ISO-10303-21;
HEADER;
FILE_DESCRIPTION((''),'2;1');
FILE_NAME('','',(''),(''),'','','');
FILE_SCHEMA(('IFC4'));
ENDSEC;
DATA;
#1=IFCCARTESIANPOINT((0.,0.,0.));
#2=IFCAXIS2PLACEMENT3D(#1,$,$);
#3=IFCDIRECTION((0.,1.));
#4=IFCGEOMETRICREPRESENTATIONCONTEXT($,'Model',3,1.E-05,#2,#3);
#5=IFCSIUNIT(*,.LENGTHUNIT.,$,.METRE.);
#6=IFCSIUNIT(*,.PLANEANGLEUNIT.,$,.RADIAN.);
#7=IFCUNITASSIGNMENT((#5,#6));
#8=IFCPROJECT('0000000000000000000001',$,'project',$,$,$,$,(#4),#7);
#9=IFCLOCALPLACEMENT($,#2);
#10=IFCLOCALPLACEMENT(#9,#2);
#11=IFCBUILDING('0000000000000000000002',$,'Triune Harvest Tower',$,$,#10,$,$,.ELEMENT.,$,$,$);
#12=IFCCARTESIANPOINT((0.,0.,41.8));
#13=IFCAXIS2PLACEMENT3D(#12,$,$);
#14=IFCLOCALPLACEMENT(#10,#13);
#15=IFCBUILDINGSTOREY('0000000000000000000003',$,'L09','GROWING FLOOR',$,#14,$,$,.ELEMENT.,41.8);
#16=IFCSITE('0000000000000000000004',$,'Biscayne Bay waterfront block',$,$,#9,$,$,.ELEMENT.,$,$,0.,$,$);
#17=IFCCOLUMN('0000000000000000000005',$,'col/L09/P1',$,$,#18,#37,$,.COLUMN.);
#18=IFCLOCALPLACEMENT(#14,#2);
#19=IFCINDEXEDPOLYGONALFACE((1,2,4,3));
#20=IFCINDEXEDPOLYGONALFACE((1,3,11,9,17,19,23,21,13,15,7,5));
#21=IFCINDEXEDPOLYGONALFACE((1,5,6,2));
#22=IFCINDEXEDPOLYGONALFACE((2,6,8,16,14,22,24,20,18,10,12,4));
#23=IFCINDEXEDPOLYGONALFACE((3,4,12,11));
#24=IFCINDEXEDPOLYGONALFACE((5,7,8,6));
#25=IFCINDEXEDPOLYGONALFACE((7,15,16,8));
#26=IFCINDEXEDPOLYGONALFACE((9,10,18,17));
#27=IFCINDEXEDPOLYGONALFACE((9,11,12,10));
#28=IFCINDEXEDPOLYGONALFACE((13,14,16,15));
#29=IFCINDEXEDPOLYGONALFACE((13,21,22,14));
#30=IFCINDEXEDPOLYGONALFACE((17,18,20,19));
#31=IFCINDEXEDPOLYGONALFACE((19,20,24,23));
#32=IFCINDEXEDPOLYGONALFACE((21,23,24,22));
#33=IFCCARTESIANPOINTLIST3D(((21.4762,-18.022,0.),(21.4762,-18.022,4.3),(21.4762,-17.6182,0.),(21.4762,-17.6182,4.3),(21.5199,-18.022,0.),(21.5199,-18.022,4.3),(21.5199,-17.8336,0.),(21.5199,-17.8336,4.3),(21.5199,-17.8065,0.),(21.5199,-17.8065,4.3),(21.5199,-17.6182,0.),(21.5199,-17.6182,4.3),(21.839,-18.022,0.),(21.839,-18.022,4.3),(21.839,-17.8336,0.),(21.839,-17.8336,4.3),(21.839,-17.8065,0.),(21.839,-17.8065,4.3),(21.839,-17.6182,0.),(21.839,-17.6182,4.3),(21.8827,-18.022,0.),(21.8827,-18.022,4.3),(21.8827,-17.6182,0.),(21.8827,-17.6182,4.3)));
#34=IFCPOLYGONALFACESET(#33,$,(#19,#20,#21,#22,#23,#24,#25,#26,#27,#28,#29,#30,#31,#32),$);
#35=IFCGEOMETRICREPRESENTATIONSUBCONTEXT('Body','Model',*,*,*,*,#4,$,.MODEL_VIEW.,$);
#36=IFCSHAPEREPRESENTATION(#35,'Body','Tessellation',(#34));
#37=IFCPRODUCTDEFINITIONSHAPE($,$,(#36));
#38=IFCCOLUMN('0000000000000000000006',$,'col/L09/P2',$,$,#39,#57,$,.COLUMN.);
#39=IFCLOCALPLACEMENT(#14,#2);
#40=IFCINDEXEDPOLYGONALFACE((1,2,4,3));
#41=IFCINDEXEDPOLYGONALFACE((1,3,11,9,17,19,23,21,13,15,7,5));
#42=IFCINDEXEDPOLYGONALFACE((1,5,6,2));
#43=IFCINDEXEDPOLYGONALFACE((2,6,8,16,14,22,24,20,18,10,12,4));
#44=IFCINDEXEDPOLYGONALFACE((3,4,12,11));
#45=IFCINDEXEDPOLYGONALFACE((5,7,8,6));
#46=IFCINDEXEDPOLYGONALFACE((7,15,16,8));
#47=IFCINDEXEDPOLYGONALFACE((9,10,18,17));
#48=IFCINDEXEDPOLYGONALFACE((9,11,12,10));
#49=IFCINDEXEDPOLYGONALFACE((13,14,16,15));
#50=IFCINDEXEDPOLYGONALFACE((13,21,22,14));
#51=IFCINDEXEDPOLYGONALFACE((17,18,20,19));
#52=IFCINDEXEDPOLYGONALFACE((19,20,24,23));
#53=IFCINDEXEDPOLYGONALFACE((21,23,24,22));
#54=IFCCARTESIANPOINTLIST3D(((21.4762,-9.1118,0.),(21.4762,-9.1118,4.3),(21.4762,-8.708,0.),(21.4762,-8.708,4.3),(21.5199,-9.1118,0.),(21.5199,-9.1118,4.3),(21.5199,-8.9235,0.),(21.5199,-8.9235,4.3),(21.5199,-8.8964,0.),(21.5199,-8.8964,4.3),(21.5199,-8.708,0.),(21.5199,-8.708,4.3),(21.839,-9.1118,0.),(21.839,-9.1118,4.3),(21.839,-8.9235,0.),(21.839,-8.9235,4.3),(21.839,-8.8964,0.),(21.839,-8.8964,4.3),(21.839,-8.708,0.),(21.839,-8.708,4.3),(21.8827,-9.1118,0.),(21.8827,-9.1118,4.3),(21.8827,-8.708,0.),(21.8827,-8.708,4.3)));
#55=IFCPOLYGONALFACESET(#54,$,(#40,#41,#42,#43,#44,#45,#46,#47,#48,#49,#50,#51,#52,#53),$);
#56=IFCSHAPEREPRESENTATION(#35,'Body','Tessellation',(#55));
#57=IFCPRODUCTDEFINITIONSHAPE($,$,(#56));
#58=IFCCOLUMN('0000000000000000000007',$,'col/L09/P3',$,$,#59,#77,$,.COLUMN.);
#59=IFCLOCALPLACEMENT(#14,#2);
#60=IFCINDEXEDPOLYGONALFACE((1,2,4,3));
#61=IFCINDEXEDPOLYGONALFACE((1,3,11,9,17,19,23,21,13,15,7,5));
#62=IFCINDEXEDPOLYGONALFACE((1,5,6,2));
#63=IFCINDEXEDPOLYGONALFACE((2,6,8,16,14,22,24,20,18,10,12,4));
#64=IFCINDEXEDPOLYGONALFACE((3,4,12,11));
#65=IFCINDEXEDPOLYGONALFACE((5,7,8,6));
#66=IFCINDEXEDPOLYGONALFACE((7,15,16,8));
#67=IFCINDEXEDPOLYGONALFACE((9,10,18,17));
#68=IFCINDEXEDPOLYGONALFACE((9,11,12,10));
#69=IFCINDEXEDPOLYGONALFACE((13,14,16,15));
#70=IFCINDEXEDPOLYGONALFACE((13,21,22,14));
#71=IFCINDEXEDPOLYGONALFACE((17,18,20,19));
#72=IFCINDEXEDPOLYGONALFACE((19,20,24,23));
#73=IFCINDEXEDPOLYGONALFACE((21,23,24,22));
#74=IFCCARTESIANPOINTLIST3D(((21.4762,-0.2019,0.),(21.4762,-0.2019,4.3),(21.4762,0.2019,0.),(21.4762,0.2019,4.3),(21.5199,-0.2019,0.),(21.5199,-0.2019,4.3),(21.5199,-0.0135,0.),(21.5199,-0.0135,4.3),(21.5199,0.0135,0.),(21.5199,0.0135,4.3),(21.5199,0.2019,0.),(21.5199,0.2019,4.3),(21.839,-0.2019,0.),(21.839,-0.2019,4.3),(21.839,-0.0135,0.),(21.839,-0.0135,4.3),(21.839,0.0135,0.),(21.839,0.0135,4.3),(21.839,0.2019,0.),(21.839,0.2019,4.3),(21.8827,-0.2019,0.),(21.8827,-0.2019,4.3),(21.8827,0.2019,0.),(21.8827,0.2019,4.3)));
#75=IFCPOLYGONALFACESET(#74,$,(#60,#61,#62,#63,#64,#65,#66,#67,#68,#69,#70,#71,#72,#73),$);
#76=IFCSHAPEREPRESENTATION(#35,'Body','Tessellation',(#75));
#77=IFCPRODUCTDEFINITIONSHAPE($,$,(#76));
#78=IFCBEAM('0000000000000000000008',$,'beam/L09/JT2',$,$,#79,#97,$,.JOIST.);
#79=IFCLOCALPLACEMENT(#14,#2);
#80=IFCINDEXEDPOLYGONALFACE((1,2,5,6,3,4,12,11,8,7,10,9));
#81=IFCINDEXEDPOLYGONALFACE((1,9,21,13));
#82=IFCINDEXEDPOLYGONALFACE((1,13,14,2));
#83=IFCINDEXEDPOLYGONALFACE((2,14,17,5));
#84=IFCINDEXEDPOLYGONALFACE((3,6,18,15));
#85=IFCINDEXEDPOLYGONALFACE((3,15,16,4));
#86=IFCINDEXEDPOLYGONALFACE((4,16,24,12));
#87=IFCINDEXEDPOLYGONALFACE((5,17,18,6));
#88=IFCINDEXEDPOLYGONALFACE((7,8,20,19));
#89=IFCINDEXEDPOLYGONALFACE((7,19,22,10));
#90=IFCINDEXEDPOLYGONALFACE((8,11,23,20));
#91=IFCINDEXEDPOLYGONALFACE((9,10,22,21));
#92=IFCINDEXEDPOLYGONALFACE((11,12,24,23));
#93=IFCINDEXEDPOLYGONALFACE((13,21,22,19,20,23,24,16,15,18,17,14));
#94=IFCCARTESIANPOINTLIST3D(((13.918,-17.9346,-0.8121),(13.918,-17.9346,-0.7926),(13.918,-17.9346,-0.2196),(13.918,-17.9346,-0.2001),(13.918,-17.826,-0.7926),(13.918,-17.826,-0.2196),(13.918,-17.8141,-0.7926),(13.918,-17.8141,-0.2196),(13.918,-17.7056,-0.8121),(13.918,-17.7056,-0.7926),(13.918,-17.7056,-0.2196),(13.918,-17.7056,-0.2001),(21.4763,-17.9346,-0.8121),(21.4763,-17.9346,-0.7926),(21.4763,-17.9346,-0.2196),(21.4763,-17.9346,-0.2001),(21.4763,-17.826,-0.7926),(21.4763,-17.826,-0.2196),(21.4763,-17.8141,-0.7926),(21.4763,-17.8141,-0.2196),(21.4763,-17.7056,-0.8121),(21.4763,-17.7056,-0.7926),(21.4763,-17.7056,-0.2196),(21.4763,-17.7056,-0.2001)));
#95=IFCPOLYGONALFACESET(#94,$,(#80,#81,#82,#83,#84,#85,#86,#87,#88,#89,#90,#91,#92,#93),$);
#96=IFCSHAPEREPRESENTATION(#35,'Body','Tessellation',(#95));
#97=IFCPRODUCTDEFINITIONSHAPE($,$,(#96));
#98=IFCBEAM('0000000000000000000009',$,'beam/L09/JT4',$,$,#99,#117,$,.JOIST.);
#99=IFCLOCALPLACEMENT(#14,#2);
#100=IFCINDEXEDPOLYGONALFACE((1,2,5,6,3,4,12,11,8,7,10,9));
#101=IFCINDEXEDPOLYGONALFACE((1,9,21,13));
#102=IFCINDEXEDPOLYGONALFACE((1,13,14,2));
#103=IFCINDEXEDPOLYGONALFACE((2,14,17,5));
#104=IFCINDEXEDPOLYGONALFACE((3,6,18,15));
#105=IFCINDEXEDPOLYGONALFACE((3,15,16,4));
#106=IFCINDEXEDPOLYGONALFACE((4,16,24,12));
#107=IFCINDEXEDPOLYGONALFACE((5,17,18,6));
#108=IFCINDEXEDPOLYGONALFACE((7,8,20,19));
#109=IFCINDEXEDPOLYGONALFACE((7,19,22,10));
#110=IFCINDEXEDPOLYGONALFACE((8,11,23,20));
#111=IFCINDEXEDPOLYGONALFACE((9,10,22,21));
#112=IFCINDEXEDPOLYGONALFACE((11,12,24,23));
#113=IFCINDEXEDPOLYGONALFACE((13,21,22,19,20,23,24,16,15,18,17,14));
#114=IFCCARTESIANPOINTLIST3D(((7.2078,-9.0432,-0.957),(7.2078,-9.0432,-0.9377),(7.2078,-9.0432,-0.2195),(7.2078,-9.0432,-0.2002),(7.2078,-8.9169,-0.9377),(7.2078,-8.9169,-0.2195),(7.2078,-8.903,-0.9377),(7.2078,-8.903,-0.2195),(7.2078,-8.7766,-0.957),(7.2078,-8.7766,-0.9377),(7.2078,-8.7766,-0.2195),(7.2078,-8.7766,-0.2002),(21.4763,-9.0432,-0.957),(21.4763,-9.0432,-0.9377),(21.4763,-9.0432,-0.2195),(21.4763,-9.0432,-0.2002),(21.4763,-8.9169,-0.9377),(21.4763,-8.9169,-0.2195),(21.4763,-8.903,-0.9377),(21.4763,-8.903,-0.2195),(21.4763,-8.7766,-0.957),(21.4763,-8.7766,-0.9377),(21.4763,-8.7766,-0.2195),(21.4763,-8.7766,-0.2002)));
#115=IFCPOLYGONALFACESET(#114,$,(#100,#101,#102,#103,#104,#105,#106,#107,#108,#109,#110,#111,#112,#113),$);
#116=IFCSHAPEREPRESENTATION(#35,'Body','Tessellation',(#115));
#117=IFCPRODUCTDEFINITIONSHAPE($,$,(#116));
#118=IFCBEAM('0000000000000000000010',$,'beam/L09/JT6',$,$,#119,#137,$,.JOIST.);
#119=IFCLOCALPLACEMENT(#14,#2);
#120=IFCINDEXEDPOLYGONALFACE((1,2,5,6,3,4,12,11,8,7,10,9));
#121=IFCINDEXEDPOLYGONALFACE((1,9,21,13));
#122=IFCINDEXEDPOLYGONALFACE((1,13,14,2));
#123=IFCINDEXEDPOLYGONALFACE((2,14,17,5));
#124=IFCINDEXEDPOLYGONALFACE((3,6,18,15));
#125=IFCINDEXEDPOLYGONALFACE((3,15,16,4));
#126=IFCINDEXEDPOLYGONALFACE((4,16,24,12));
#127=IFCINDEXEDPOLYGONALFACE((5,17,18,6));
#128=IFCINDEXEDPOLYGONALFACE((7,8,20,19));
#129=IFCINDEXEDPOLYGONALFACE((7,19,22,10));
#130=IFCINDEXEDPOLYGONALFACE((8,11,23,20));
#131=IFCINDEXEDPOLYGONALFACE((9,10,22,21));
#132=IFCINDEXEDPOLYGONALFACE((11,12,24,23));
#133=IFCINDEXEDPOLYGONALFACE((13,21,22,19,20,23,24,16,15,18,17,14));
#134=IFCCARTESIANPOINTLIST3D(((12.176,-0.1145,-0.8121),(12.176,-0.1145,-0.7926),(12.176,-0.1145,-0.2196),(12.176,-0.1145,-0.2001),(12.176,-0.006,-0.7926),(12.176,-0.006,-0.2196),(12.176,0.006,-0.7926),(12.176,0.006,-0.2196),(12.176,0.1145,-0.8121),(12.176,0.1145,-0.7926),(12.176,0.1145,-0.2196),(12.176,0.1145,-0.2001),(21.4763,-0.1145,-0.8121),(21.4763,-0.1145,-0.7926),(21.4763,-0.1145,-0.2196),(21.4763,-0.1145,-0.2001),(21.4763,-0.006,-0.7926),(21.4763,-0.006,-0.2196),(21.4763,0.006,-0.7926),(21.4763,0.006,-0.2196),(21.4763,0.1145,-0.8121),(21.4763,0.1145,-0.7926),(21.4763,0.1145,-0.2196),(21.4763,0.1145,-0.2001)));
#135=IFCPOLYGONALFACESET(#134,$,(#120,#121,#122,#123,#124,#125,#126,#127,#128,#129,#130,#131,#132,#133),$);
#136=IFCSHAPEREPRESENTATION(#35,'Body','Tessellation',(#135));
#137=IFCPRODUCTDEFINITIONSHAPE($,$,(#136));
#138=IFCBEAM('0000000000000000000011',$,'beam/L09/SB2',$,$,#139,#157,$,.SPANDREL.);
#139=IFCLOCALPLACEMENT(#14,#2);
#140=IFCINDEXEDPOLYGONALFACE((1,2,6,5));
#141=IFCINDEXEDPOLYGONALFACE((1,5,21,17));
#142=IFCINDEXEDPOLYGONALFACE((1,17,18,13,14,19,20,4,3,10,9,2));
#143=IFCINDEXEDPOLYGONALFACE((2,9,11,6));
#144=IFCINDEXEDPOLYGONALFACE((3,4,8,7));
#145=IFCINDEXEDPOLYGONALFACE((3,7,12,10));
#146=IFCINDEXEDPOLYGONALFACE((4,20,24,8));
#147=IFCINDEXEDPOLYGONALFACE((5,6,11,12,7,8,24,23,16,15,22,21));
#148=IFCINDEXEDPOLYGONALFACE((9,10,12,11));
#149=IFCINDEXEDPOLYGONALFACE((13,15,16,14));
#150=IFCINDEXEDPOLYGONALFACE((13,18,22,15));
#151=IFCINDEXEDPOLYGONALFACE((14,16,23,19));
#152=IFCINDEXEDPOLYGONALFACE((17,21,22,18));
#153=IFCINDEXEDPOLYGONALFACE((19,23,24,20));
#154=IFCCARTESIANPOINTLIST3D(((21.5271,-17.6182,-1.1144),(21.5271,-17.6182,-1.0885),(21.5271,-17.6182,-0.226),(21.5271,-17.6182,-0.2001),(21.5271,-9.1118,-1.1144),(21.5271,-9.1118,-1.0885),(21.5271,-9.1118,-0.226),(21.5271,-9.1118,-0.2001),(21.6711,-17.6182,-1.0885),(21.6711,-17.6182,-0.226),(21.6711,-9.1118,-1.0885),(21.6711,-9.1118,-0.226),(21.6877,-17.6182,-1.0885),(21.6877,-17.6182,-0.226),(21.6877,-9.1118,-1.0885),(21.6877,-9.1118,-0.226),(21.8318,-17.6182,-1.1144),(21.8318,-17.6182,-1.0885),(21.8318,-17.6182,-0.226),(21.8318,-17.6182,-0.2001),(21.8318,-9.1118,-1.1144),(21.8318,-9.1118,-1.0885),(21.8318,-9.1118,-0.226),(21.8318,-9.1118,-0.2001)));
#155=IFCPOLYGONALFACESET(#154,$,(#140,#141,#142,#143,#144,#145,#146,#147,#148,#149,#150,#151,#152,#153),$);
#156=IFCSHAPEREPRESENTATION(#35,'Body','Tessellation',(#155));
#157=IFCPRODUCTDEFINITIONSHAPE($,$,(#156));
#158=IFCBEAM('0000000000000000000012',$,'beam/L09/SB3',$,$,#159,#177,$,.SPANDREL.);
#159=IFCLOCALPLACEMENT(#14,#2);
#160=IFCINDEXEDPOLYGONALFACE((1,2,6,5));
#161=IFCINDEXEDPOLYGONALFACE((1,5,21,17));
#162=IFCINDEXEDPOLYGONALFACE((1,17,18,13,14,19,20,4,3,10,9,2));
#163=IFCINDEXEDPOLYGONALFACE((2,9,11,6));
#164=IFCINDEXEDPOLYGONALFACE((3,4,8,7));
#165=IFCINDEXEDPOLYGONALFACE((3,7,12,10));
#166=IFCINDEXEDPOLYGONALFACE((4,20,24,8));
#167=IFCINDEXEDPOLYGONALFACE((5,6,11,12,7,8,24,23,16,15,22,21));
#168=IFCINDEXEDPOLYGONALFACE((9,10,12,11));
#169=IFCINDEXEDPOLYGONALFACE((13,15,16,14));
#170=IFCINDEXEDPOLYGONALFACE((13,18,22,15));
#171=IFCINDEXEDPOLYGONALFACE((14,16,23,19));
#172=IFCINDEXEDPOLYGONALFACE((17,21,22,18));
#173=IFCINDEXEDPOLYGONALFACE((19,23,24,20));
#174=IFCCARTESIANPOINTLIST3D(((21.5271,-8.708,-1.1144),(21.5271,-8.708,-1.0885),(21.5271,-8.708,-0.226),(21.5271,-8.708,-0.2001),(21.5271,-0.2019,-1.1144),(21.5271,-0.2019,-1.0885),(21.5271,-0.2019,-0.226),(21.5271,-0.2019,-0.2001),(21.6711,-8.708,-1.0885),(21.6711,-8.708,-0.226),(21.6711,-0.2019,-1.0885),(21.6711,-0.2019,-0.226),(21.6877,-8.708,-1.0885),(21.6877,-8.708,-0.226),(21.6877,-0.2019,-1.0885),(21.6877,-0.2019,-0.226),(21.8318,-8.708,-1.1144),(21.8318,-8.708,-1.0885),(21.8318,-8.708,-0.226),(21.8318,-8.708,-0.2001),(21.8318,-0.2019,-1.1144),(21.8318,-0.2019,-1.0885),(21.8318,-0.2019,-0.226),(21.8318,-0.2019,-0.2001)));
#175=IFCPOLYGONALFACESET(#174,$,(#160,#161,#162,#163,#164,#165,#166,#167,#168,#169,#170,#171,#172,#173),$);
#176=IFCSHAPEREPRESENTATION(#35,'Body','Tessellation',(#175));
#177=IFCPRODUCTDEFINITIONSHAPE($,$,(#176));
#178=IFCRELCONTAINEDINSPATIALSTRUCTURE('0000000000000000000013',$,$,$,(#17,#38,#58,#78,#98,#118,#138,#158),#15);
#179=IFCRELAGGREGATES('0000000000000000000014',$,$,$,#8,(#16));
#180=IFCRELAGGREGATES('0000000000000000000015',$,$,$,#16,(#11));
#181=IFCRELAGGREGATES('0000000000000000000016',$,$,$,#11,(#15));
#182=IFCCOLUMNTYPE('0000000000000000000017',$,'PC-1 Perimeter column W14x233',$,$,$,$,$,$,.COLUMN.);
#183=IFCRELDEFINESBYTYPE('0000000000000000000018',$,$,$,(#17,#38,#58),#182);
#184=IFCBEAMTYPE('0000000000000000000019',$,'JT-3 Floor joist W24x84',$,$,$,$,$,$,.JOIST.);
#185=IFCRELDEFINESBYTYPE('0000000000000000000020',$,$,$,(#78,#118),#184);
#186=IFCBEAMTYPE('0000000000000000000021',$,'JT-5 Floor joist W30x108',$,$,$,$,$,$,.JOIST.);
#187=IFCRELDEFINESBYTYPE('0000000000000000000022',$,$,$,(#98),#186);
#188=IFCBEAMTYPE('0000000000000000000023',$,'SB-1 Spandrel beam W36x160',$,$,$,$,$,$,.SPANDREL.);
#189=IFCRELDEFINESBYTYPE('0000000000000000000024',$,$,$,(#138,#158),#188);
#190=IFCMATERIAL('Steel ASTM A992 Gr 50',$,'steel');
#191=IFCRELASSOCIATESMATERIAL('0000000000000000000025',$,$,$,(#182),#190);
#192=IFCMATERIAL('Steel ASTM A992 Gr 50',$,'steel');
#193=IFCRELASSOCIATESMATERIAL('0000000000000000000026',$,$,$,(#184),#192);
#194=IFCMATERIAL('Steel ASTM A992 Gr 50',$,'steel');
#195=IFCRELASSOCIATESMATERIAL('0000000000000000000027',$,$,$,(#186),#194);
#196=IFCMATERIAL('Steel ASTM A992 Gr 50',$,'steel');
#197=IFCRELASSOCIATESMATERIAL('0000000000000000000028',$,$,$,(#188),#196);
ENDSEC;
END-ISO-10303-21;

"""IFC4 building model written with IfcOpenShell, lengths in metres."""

from ifc_helpers import new_model, si_unit, direction, frame, origin, origin_2d, place, context, subcontext, project, spatial, i_section, extrude, source, transform, mapped, material, material_profile, profile_set, type_object, element, save


model = new_model("IFC4")

# Units and contexts
model_context = context("Model", 3, precision=1e-05, world=origin(), true_north=direction((0.0, 1.0)))
body_context = subcontext(model_context, "Body", "Model", "MODEL_VIEW")
ifc_project = project(units=[si_unit("LENGTHUNIT", "METRE"), si_unit("PLANEANGLEUNIT", "RADIAN")], contexts=[model_context])

# Site, building, storey
site_placement = place(None, origin())
site = spatial("IfcSite", under=ifc_project, at=site_placement, Name="Biscayne Bay waterfront block", CompositionType="ELEMENT", RefElevation=0.0)
building_placement = place(site_placement, origin())
building = spatial("IfcBuilding", under=site, at=building_placement, Name="Triune Harvest Tower", CompositionType="ELEMENT")
storey_placement = place(building_placement, frame((0.0, 0.0, 41.8)))
storey = spatial("IfcBuildingStorey", under=building, at=storey_placement, Name="L09", Description="GROWING FLOOR", CompositionType="ELEMENT", Elevation=41.8)

# Columns
ifc_material_1 = material(Name="Steel ASTM A992 Gr 50", Category="steel")
ifc_material_profile_1 = material_profile(ifc_material_1, i_section(OverallWidth=0.4038, OverallDepth=0.4065, WebThickness=0.0271, FlangeThickness=0.0437, at=origin_2d()), Name="W14x233")
ifc_profile_set_1 = profile_set([ifc_material_profile_1], Name="Steel ASTM A992 Gr 50")
column_type = type_object("IfcColumnType", Name="PC-1 Perimeter column W14x233", PredefinedType="COLUMN", material=ifc_profile_set_1)
shared_shape_1 = source(origin(), body_context, "Body", "SweptSolid", [
    extrude(i_section(OverallWidth=0.4038, OverallDepth=0.4065, WebThickness=0.0271, FlangeThickness=0.0437, at=origin_2d()), origin(), (0.0, 0.0, 1.0), 4.3),
])
for number, where, z_axis, x_axis, name in (
    (1, (21.6794, -17.8201, 0.0), (0.0, 0.0, 1.0), (0.0, 1.0, 0.0), "col/L09/P1"),
    (2, (21.6794, -8.9099, 0.0), (0.0, 0.0, 1.0), (0.0, 1.0, 0.0), "col/L09/P2"),
    (3, (21.6794, 0.0, 0.0), (0.0, 0.0, 1.0), (0.0, 1.0, 0.0), "col/L09/P3"),
):
    element("IfcColumn", number, at=place(storey_placement, frame(where, z_axis=z_axis, x_axis=x_axis)), inside=storey, type_object=column_type, Name=name, PredefinedType="COLUMN", context=body_context, shape_type="MappedRepresentation", body=[
        mapped(shared_shape_1, transform((0.0, 0.0, 0.0), scale=1.0)),
    ])

# Beams
ifc_material_2 = material(Name="Steel ASTM A992 Gr 50", Category="steel")
ifc_material_profile_2 = material_profile(ifc_material_2, i_section(OverallWidth=0.229, OverallDepth=0.6121, WebThickness=0.012, FlangeThickness=0.0195, at=origin_2d()), Name="W24x84")
ifc_profile_set_2 = profile_set([ifc_material_profile_2], Name="Steel ASTM A992 Gr 50")
beam_type_1 = type_object("IfcBeamType", Name="JT-3 Floor joist W24x84", PredefinedType="JOIST", material=ifc_profile_set_2)
shared_shape_2 = source(origin(), body_context, "Body", "SweptSolid", [
    extrude(i_section(OverallWidth=0.229, OverallDepth=0.6121, WebThickness=0.012, FlangeThickness=0.0195, at=origin_2d()), origin(), (0.0, 0.0, 1.0), 7.5583),
])
beam_1_placement = place(storey_placement, frame((21.4763, -17.8201, -0.5061), z_axis=(-1.0, 0.0, 0.0), x_axis=(0.0, -1.0, 0.0)))
element("IfcBeam", 4, at=beam_1_placement, inside=storey, type_object=beam_type_1, Name="beam/L09/JT2", PredefinedType="JOIST", context=body_context, shape_type="MappedRepresentation", body=[
    mapped(shared_shape_2, transform((0.0, 0.0, 0.0), scale=1.0)),
])
ifc_material_3 = material(Name="Steel ASTM A992 Gr 50", Category="steel")
ifc_material_profile_3 = material_profile(ifc_material_3, i_section(OverallWidth=0.2666, OverallDepth=0.7568, WebThickness=0.0139, FlangeThickness=0.0193, at=origin_2d()), Name="W30x108")
ifc_profile_set_3 = profile_set([ifc_material_profile_3], Name="Steel ASTM A992 Gr 50")
beam_type_2 = type_object("IfcBeamType", Name="JT-5 Floor joist W30x108", PredefinedType="JOIST", material=ifc_profile_set_3)
shared_shape_3 = source(origin(), body_context, "Body", "SweptSolid", [
    extrude(i_section(OverallWidth=0.2666, OverallDepth=0.7568, WebThickness=0.0139, FlangeThickness=0.0193, at=origin_2d()), origin(), (0.0, 0.0, 1.0), 14.2686),
])
beam_2_placement = place(storey_placement, frame((21.4763, -8.9099, -0.5786), z_axis=(-1.0, 0.0, 0.0), x_axis=(0.0, -1.0, 0.0)))
element("IfcBeam", 5, at=beam_2_placement, inside=storey, type_object=beam_type_2, Name="beam/L09/JT4", PredefinedType="JOIST", context=body_context, shape_type="MappedRepresentation", body=[
    mapped(shared_shape_3, transform((0.0, 0.0, 0.0), scale=1.0)),
])
shared_shape_4 = source(origin(), body_context, "Body", "SweptSolid", [
    extrude(i_section(OverallWidth=0.229, OverallDepth=0.6121, WebThickness=0.012, FlangeThickness=0.0195, at=origin_2d()), origin(), (0.0, 0.0, 1.0), 9.3003),
])
beam_3_placement = place(storey_placement, frame((21.4763, 0.0, -0.5061), z_axis=(-1.0, 0.0, 0.0), x_axis=(0.0, -1.0, 0.0)))
element("IfcBeam", 6, at=beam_3_placement, inside=storey, type_object=beam_type_1, Name="beam/L09/JT6", PredefinedType="JOIST", context=body_context, shape_type="MappedRepresentation", body=[
    mapped(shared_shape_4, transform((0.0, 0.0, 0.0), scale=1.0)),
])
ifc_material_4 = material(Name="Steel ASTM A992 Gr 50", Category="steel")
ifc_material_profile_4 = material_profile(ifc_material_4, i_section(OverallWidth=0.3047, OverallDepth=0.9143, WebThickness=0.0166, FlangeThickness=0.0259, at=origin_2d()), Name="W36x160")
ifc_profile_set_4 = profile_set([ifc_material_profile_4], Name="Steel ASTM A992 Gr 50")
beam_type_3 = type_object("IfcBeamType", Name="SB-1 Spandrel beam W36x160", PredefinedType="SPANDREL", material=ifc_profile_set_4)
shared_shape_5 = source(origin(), body_context, "Body", "SweptSolid", [
    extrude(i_section(OverallWidth=0.3047, OverallDepth=0.9143, WebThickness=0.0166, FlangeThickness=0.0259, at=origin_2d()), origin(), (0.0, 0.0, 1.0), 8.5063),
])
beam_4_placement = place(storey_placement, frame((21.6794, -17.6182, -0.6572), z_axis=(0.0, 1.0, 0.0), x_axis=(-1.0, 0.0, 0.0)))
element("IfcBeam", 7, at=beam_4_placement, inside=storey, type_object=beam_type_3, Name="beam/L09/SB2", PredefinedType="SPANDREL", context=body_context, shape_type="MappedRepresentation", body=[
    mapped(shared_shape_5, transform((0.0, 0.0, 0.0), scale=1.0)),
])
shared_shape_6 = source(origin(), body_context, "Body", "SweptSolid", [
    extrude(i_section(OverallWidth=0.3047, OverallDepth=0.9143, WebThickness=0.0166, FlangeThickness=0.0259, at=origin_2d()), origin(), (0.0, 0.0, 1.0), 8.5061),
])
beam_5_placement = place(storey_placement, frame((21.6794, -8.708, -0.6572), z_axis=(0.0, 1.0, 0.0), x_axis=(-1.0, 0.0, 0.0)))
element("IfcBeam", 8, at=beam_5_placement, inside=storey, type_object=beam_type_3, Name="beam/L09/SB3", PredefinedType="SPANDREL", context=body_context, shape_type="MappedRepresentation", body=[
    mapped(shared_shape_6, transform((0.0, 0.0, 0.0), scale=1.0)),
])

save(model, "model.ifc")
